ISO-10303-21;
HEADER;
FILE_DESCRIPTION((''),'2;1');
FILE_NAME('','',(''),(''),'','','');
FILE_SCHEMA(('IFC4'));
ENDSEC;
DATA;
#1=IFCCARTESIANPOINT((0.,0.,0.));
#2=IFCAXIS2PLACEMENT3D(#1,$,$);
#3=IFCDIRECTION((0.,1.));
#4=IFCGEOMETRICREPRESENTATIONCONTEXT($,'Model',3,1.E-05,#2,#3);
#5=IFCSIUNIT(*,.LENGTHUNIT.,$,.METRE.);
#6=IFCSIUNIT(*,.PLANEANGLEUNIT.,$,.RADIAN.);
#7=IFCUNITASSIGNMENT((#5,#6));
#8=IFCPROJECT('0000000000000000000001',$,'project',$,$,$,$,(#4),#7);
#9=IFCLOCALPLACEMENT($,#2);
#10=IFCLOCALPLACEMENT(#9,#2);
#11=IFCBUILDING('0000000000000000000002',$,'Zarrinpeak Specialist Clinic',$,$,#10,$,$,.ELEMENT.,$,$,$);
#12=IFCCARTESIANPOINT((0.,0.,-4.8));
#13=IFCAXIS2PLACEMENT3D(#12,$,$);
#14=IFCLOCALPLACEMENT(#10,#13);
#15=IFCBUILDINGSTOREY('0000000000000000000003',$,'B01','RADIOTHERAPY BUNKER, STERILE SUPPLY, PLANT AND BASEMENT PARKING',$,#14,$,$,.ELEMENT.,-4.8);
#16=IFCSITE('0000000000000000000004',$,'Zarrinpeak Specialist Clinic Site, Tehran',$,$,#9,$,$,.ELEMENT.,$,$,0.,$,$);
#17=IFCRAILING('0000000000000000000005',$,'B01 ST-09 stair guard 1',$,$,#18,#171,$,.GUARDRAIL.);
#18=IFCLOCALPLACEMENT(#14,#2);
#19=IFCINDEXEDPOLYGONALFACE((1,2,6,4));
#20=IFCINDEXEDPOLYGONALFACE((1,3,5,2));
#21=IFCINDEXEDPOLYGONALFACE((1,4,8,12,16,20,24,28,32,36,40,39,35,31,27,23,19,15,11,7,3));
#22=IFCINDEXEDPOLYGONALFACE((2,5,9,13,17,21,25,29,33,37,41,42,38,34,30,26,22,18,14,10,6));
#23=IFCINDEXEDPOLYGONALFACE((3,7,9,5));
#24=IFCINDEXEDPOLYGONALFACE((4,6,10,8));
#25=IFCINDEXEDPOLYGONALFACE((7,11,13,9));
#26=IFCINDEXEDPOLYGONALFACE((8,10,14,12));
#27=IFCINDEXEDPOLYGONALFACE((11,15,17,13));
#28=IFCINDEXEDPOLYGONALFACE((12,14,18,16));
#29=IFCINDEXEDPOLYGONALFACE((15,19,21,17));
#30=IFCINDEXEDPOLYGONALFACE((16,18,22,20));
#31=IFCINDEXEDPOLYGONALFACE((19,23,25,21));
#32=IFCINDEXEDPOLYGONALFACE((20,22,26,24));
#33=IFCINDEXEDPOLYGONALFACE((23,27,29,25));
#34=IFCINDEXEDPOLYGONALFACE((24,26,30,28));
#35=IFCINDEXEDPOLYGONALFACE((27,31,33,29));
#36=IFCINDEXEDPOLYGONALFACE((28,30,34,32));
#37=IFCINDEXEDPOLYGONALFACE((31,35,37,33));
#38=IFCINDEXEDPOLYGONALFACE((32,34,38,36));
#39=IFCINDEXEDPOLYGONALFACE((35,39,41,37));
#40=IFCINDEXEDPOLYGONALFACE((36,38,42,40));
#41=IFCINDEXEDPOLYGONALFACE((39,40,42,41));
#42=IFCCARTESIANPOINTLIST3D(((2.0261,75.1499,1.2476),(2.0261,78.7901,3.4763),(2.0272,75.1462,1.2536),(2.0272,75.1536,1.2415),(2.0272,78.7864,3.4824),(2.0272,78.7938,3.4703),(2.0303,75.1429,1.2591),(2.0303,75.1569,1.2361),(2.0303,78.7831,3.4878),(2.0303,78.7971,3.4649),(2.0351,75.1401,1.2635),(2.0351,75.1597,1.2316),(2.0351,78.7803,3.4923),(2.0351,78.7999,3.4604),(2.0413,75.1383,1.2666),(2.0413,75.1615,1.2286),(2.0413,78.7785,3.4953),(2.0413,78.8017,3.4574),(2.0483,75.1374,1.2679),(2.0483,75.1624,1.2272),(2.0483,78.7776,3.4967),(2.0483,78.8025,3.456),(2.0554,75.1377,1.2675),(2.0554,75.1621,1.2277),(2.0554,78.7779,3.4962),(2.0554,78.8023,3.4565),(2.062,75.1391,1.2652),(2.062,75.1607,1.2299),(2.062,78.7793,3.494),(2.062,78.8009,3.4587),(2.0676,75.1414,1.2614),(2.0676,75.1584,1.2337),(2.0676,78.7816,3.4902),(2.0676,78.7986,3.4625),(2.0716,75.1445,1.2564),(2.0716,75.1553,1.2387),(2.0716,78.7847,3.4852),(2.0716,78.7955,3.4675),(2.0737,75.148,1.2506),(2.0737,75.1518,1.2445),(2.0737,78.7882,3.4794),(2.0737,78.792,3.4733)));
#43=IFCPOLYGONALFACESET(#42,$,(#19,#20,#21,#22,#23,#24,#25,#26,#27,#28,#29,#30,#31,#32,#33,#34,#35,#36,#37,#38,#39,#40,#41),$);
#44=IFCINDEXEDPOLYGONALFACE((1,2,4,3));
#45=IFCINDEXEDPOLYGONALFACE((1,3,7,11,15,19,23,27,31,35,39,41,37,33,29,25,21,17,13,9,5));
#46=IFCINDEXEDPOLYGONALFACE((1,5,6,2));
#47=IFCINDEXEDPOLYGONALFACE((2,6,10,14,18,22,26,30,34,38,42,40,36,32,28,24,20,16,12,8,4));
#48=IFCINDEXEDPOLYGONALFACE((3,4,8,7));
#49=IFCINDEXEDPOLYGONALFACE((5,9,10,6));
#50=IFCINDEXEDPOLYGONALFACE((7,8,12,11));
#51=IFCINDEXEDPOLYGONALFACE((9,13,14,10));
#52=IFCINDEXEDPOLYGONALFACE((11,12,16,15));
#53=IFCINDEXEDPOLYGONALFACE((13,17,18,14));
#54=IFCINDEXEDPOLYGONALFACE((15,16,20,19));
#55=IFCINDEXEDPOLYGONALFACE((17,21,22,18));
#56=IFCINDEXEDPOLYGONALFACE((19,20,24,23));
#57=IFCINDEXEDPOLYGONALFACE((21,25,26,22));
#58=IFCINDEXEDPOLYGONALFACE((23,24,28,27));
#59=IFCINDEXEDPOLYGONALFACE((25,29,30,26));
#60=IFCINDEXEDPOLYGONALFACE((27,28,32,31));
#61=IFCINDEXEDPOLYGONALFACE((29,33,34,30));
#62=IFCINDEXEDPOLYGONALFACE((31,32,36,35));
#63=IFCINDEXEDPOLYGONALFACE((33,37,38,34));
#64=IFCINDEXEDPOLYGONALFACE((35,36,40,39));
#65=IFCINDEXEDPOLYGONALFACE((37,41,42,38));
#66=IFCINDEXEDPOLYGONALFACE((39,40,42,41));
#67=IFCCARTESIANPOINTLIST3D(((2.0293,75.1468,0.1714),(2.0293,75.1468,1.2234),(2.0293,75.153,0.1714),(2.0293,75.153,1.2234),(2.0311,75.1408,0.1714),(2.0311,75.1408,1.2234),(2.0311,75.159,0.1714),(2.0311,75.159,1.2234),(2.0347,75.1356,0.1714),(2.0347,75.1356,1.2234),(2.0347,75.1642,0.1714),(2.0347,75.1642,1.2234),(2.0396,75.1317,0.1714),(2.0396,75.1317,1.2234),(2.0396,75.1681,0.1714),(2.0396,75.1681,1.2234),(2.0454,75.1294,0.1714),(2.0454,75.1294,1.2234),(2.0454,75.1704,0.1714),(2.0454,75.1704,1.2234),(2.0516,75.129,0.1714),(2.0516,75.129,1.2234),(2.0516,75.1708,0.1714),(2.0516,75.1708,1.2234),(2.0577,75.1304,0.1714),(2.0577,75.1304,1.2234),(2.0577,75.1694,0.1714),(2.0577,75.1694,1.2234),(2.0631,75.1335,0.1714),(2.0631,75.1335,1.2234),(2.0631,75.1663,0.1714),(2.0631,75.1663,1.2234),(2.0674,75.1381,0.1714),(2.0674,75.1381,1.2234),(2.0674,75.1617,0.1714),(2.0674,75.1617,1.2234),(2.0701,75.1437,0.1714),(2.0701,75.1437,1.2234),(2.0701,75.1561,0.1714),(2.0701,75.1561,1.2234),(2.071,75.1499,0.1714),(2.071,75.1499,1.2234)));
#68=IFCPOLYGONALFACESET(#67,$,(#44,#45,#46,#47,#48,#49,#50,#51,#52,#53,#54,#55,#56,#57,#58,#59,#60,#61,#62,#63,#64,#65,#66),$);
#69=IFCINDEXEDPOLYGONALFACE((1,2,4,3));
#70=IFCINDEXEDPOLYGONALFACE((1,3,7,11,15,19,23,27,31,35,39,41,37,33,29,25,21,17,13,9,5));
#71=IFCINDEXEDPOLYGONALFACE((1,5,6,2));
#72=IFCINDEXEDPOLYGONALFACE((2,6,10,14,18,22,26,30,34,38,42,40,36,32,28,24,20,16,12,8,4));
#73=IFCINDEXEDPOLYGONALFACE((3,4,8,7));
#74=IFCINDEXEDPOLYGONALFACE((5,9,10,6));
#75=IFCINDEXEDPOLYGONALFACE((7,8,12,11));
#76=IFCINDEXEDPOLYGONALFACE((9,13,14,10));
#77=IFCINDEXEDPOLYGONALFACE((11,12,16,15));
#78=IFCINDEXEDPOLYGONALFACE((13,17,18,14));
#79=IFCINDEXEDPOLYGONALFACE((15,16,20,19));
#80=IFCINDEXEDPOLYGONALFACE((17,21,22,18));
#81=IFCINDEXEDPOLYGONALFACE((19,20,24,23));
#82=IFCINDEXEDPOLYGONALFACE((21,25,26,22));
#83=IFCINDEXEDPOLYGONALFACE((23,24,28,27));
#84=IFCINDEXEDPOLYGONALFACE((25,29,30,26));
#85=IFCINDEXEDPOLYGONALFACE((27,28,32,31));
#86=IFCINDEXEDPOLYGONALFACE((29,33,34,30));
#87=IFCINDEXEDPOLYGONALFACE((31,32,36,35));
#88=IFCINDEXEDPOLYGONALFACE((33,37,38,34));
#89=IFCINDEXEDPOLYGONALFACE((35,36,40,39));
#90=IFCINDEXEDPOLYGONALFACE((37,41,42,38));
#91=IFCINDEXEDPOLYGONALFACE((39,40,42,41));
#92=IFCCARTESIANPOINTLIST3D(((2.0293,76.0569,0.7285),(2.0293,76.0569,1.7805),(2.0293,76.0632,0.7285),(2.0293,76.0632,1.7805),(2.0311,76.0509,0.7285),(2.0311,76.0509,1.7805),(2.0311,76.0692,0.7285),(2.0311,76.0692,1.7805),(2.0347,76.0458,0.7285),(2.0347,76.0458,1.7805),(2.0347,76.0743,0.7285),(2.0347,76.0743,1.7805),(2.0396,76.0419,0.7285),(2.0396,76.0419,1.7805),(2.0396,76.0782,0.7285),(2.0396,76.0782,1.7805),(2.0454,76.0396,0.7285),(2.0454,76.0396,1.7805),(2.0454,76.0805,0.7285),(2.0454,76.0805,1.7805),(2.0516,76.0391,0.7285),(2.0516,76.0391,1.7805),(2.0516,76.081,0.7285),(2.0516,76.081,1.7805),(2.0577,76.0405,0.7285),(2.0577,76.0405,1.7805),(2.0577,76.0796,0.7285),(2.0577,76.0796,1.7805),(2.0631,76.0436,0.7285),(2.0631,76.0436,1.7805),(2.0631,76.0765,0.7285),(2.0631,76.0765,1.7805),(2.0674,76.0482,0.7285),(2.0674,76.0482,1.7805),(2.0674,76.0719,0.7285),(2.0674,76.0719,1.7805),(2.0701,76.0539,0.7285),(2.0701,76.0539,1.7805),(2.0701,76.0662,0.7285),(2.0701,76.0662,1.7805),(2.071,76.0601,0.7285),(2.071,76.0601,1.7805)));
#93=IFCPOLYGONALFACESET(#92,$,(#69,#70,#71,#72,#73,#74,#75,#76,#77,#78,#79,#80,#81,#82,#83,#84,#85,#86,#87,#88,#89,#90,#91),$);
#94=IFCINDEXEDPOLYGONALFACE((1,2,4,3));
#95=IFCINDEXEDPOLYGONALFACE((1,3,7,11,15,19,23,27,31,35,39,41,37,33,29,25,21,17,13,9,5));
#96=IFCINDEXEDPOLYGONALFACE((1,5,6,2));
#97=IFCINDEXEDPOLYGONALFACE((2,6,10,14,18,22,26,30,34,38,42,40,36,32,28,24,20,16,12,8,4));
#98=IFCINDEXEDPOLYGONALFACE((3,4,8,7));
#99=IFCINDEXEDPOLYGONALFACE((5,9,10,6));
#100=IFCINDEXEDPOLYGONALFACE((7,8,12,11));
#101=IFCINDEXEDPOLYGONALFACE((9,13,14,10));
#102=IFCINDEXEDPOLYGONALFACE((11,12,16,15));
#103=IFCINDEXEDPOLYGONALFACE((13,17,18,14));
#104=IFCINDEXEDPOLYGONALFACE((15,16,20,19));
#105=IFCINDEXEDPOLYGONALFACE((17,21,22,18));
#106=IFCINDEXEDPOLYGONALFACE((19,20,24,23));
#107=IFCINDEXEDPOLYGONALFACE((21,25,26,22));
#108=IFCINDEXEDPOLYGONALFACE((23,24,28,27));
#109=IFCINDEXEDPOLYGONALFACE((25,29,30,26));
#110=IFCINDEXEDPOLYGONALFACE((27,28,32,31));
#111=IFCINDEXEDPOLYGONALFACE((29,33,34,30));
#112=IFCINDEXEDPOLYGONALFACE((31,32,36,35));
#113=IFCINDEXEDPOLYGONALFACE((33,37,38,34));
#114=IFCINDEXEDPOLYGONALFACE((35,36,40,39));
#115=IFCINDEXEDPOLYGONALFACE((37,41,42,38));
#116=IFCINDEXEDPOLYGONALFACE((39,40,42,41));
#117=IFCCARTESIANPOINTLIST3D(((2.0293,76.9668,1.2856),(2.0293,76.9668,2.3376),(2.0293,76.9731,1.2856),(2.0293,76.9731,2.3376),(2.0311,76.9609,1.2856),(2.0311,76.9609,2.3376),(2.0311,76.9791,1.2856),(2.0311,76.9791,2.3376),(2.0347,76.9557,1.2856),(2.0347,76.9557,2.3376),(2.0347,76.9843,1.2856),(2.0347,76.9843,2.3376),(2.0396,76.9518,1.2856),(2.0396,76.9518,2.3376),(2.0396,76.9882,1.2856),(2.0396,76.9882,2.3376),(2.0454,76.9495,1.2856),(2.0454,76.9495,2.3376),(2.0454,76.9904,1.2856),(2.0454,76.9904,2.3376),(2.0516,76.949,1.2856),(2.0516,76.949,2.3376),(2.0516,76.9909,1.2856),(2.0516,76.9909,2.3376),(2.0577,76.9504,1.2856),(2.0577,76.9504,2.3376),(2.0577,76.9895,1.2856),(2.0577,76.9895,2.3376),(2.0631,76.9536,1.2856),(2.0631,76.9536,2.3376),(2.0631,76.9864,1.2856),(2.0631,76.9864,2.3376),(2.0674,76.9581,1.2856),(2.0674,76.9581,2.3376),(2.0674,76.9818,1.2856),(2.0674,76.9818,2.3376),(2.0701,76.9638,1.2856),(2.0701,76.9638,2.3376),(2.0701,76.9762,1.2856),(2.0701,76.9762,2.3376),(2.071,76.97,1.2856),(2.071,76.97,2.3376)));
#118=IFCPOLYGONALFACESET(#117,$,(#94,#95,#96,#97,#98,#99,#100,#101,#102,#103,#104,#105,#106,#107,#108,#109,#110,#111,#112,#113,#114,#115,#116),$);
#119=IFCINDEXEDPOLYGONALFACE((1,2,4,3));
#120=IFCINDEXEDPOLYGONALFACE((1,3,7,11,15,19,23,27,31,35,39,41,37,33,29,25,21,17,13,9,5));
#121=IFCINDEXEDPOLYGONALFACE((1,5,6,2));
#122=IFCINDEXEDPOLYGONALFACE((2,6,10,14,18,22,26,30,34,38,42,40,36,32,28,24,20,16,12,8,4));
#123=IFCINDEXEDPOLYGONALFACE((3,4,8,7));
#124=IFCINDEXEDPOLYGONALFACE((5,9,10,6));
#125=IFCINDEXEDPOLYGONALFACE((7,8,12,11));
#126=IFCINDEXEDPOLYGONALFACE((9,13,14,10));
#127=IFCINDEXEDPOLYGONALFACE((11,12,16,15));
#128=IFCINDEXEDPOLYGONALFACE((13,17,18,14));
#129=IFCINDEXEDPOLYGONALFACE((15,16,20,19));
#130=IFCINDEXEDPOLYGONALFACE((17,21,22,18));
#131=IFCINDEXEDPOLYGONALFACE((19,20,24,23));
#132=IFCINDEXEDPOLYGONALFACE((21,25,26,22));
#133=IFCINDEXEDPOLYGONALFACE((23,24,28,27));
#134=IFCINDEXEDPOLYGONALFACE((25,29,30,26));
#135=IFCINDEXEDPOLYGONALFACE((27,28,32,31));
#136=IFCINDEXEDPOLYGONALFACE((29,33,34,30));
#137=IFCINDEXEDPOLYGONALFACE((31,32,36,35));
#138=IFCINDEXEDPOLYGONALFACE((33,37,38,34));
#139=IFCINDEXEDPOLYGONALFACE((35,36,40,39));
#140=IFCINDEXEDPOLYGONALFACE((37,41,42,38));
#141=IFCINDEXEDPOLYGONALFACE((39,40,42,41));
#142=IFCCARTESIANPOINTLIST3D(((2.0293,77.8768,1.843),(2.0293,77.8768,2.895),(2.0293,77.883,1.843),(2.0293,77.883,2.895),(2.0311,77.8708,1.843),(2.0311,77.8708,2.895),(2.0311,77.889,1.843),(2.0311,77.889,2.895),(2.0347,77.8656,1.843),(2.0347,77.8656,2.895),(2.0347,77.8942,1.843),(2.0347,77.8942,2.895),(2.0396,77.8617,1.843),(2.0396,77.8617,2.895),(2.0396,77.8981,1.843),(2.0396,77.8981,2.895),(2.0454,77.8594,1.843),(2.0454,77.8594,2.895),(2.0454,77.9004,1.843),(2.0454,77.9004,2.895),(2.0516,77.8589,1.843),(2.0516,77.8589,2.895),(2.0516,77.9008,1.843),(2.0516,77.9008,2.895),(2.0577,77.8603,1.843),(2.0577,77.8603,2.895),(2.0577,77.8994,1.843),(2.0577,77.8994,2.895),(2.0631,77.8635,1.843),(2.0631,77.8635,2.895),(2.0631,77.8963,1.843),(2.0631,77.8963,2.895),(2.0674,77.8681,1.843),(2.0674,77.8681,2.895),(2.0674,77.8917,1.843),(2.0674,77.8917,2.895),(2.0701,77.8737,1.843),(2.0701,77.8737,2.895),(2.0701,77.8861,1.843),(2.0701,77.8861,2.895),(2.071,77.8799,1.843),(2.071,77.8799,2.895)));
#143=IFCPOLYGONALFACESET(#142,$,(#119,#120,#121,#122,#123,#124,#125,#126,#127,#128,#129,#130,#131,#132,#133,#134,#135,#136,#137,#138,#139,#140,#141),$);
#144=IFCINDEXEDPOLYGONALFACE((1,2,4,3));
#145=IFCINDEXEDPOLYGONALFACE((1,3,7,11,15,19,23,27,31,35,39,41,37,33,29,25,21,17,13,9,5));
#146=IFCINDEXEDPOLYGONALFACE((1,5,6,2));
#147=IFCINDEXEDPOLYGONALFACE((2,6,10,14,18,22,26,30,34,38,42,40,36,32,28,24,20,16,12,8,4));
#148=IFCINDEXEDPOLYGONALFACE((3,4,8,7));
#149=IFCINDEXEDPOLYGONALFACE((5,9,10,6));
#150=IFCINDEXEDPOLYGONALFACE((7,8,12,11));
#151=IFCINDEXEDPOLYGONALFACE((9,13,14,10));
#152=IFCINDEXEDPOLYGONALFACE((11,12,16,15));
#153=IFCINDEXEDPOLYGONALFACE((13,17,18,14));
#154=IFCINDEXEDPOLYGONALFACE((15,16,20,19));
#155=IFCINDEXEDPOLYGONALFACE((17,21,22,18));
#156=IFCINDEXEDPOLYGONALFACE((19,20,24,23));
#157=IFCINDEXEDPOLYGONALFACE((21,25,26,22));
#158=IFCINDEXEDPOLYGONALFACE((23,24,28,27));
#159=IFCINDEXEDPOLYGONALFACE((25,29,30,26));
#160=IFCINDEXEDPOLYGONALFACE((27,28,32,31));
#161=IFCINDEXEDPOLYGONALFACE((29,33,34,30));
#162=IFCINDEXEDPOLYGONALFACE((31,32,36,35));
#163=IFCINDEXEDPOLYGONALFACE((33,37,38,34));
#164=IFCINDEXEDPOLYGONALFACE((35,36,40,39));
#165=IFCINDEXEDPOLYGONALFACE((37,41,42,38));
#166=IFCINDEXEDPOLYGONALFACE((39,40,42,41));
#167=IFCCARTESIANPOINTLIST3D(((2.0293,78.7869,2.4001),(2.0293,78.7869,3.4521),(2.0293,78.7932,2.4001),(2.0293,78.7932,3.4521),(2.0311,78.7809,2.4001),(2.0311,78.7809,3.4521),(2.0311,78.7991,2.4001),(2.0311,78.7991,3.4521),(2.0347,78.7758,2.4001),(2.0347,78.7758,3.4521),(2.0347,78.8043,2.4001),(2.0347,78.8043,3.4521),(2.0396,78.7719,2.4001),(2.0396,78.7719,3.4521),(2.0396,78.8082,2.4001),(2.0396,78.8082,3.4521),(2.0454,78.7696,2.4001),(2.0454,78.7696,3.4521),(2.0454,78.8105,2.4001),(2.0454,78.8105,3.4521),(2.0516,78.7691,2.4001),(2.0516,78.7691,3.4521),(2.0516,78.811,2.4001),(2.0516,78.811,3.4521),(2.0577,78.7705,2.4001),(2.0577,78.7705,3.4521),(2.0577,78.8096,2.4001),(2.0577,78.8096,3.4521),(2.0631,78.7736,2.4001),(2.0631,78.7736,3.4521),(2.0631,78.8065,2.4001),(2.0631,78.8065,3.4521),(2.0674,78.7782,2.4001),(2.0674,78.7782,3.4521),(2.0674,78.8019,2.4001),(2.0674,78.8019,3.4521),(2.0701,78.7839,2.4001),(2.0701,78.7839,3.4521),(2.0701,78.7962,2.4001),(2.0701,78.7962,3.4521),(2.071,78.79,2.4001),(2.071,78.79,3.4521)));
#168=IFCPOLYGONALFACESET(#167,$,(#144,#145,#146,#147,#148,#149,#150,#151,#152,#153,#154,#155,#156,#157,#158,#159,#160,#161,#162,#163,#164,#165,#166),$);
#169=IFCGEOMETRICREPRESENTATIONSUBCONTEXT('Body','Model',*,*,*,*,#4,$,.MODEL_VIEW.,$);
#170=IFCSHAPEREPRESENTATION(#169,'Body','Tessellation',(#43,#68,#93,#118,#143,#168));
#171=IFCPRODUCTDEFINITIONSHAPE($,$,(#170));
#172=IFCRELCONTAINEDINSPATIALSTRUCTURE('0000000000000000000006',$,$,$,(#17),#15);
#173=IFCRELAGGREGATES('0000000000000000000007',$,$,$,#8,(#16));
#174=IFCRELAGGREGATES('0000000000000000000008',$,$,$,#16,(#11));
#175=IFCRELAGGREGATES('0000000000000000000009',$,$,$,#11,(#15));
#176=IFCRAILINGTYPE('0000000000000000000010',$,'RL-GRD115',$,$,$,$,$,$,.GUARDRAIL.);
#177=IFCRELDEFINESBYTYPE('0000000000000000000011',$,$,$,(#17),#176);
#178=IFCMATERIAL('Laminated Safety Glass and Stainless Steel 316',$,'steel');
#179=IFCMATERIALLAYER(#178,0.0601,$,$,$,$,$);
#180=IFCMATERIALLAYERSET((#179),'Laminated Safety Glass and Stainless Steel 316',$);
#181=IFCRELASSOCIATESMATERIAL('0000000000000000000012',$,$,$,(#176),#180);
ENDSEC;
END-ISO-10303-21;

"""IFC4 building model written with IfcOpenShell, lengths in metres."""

from ifc_helpers import new_model, si_unit, direction, frame, origin, origin_2d, place, context, subcontext, project, spatial, circle, extrude, material, layer, layer_set, type_object, element, save


model = new_model("IFC4")

# Units and contexts
model_context = context("Model", 3, precision=1e-05, world=origin(), true_north=direction((0.0, 1.0)))
body_context = subcontext(model_context, "Body", "Model", "MODEL_VIEW")
ifc_project = project(units=[si_unit("LENGTHUNIT", "METRE"), si_unit("PLANEANGLEUNIT", "RADIAN")], contexts=[model_context])

# Site, building, storey
site_placement = place(None, origin())
site = spatial("IfcSite", under=ifc_project, at=site_placement, Name="Zarrinpeak Specialist Clinic Site, Tehran", CompositionType="ELEMENT", RefElevation=0.0)
building_placement = place(site_placement, origin())
building = spatial("IfcBuilding", under=site, at=building_placement, Name="Zarrinpeak Specialist Clinic", CompositionType="ELEMENT")
storey_placement = place(building_placement, frame((0.0, 0.0, -4.8)))
storey = spatial("IfcBuildingStorey", under=building, at=storey_placement, Name="B01", Description="RADIOTHERAPY BUNKER, STERILE SUPPLY, PLANT AND BASEMENT PARKING", CompositionType="ELEMENT", Elevation=-4.8)

# Railing
ifc_material_1 = material(Name="Laminated Safety Glass and Stainless Steel 316", Category="steel")
ifc_layer_1 = layer(ifc_material_1, 0.0601)
ifc_layer_set_1 = layer_set([ifc_layer_1], Name="Laminated Safety Glass and Stainless Steel 316")
railing_type_1 = type_object("IfcRailingType", Name="RL-GRD115", PredefinedType="GUARDRAIL", material=ifc_layer_set_1)
railing_1_placement = place(storey_placement, frame((2.05, 75.1499, 0.1714)))
element("IfcRailing", 1, at=railing_1_placement, inside=storey, type_object=railing_type_1, Name="B01 ST-09 stair guard 1", PredefinedType="GUARDRAIL", context=body_context, shape_type="SweptSolid", body=[
    extrude(circle(Radius=0.0239, at=origin_2d()), frame((0.0, 0.0, 1.0762), z_axis=(0.0, 0.85284, 0.522172), x_axis=(-1.0, 0.0, 0.0)), (0.0, 0.0, 1.0), 4.2683),
    extrude(circle(Radius=0.021, at=origin_2d()), origin(), (0.0, 0.0, 1.0), 1.052),
    extrude(circle(Radius=0.021, at=origin_2d()), frame((0.0, 0.9102, 0.5571)), (0.0, 0.0, 1.0), 1.052),
    extrude(circle(Radius=0.021, at=origin_2d()), frame((0.0, 1.8201, 1.1143)), (0.0, 0.0, 1.0), 1.052),
    extrude(circle(Radius=0.021, at=origin_2d()), frame((0.0, 2.73, 1.6716)), (0.0, 0.0, 1.0), 1.052),
    extrude(circle(Radius=0.021, at=origin_2d()), frame((0.0, 3.6401, 2.2288)), (0.0, 0.0, 1.0), 1.052),
])

save(model, "model.ifc")
